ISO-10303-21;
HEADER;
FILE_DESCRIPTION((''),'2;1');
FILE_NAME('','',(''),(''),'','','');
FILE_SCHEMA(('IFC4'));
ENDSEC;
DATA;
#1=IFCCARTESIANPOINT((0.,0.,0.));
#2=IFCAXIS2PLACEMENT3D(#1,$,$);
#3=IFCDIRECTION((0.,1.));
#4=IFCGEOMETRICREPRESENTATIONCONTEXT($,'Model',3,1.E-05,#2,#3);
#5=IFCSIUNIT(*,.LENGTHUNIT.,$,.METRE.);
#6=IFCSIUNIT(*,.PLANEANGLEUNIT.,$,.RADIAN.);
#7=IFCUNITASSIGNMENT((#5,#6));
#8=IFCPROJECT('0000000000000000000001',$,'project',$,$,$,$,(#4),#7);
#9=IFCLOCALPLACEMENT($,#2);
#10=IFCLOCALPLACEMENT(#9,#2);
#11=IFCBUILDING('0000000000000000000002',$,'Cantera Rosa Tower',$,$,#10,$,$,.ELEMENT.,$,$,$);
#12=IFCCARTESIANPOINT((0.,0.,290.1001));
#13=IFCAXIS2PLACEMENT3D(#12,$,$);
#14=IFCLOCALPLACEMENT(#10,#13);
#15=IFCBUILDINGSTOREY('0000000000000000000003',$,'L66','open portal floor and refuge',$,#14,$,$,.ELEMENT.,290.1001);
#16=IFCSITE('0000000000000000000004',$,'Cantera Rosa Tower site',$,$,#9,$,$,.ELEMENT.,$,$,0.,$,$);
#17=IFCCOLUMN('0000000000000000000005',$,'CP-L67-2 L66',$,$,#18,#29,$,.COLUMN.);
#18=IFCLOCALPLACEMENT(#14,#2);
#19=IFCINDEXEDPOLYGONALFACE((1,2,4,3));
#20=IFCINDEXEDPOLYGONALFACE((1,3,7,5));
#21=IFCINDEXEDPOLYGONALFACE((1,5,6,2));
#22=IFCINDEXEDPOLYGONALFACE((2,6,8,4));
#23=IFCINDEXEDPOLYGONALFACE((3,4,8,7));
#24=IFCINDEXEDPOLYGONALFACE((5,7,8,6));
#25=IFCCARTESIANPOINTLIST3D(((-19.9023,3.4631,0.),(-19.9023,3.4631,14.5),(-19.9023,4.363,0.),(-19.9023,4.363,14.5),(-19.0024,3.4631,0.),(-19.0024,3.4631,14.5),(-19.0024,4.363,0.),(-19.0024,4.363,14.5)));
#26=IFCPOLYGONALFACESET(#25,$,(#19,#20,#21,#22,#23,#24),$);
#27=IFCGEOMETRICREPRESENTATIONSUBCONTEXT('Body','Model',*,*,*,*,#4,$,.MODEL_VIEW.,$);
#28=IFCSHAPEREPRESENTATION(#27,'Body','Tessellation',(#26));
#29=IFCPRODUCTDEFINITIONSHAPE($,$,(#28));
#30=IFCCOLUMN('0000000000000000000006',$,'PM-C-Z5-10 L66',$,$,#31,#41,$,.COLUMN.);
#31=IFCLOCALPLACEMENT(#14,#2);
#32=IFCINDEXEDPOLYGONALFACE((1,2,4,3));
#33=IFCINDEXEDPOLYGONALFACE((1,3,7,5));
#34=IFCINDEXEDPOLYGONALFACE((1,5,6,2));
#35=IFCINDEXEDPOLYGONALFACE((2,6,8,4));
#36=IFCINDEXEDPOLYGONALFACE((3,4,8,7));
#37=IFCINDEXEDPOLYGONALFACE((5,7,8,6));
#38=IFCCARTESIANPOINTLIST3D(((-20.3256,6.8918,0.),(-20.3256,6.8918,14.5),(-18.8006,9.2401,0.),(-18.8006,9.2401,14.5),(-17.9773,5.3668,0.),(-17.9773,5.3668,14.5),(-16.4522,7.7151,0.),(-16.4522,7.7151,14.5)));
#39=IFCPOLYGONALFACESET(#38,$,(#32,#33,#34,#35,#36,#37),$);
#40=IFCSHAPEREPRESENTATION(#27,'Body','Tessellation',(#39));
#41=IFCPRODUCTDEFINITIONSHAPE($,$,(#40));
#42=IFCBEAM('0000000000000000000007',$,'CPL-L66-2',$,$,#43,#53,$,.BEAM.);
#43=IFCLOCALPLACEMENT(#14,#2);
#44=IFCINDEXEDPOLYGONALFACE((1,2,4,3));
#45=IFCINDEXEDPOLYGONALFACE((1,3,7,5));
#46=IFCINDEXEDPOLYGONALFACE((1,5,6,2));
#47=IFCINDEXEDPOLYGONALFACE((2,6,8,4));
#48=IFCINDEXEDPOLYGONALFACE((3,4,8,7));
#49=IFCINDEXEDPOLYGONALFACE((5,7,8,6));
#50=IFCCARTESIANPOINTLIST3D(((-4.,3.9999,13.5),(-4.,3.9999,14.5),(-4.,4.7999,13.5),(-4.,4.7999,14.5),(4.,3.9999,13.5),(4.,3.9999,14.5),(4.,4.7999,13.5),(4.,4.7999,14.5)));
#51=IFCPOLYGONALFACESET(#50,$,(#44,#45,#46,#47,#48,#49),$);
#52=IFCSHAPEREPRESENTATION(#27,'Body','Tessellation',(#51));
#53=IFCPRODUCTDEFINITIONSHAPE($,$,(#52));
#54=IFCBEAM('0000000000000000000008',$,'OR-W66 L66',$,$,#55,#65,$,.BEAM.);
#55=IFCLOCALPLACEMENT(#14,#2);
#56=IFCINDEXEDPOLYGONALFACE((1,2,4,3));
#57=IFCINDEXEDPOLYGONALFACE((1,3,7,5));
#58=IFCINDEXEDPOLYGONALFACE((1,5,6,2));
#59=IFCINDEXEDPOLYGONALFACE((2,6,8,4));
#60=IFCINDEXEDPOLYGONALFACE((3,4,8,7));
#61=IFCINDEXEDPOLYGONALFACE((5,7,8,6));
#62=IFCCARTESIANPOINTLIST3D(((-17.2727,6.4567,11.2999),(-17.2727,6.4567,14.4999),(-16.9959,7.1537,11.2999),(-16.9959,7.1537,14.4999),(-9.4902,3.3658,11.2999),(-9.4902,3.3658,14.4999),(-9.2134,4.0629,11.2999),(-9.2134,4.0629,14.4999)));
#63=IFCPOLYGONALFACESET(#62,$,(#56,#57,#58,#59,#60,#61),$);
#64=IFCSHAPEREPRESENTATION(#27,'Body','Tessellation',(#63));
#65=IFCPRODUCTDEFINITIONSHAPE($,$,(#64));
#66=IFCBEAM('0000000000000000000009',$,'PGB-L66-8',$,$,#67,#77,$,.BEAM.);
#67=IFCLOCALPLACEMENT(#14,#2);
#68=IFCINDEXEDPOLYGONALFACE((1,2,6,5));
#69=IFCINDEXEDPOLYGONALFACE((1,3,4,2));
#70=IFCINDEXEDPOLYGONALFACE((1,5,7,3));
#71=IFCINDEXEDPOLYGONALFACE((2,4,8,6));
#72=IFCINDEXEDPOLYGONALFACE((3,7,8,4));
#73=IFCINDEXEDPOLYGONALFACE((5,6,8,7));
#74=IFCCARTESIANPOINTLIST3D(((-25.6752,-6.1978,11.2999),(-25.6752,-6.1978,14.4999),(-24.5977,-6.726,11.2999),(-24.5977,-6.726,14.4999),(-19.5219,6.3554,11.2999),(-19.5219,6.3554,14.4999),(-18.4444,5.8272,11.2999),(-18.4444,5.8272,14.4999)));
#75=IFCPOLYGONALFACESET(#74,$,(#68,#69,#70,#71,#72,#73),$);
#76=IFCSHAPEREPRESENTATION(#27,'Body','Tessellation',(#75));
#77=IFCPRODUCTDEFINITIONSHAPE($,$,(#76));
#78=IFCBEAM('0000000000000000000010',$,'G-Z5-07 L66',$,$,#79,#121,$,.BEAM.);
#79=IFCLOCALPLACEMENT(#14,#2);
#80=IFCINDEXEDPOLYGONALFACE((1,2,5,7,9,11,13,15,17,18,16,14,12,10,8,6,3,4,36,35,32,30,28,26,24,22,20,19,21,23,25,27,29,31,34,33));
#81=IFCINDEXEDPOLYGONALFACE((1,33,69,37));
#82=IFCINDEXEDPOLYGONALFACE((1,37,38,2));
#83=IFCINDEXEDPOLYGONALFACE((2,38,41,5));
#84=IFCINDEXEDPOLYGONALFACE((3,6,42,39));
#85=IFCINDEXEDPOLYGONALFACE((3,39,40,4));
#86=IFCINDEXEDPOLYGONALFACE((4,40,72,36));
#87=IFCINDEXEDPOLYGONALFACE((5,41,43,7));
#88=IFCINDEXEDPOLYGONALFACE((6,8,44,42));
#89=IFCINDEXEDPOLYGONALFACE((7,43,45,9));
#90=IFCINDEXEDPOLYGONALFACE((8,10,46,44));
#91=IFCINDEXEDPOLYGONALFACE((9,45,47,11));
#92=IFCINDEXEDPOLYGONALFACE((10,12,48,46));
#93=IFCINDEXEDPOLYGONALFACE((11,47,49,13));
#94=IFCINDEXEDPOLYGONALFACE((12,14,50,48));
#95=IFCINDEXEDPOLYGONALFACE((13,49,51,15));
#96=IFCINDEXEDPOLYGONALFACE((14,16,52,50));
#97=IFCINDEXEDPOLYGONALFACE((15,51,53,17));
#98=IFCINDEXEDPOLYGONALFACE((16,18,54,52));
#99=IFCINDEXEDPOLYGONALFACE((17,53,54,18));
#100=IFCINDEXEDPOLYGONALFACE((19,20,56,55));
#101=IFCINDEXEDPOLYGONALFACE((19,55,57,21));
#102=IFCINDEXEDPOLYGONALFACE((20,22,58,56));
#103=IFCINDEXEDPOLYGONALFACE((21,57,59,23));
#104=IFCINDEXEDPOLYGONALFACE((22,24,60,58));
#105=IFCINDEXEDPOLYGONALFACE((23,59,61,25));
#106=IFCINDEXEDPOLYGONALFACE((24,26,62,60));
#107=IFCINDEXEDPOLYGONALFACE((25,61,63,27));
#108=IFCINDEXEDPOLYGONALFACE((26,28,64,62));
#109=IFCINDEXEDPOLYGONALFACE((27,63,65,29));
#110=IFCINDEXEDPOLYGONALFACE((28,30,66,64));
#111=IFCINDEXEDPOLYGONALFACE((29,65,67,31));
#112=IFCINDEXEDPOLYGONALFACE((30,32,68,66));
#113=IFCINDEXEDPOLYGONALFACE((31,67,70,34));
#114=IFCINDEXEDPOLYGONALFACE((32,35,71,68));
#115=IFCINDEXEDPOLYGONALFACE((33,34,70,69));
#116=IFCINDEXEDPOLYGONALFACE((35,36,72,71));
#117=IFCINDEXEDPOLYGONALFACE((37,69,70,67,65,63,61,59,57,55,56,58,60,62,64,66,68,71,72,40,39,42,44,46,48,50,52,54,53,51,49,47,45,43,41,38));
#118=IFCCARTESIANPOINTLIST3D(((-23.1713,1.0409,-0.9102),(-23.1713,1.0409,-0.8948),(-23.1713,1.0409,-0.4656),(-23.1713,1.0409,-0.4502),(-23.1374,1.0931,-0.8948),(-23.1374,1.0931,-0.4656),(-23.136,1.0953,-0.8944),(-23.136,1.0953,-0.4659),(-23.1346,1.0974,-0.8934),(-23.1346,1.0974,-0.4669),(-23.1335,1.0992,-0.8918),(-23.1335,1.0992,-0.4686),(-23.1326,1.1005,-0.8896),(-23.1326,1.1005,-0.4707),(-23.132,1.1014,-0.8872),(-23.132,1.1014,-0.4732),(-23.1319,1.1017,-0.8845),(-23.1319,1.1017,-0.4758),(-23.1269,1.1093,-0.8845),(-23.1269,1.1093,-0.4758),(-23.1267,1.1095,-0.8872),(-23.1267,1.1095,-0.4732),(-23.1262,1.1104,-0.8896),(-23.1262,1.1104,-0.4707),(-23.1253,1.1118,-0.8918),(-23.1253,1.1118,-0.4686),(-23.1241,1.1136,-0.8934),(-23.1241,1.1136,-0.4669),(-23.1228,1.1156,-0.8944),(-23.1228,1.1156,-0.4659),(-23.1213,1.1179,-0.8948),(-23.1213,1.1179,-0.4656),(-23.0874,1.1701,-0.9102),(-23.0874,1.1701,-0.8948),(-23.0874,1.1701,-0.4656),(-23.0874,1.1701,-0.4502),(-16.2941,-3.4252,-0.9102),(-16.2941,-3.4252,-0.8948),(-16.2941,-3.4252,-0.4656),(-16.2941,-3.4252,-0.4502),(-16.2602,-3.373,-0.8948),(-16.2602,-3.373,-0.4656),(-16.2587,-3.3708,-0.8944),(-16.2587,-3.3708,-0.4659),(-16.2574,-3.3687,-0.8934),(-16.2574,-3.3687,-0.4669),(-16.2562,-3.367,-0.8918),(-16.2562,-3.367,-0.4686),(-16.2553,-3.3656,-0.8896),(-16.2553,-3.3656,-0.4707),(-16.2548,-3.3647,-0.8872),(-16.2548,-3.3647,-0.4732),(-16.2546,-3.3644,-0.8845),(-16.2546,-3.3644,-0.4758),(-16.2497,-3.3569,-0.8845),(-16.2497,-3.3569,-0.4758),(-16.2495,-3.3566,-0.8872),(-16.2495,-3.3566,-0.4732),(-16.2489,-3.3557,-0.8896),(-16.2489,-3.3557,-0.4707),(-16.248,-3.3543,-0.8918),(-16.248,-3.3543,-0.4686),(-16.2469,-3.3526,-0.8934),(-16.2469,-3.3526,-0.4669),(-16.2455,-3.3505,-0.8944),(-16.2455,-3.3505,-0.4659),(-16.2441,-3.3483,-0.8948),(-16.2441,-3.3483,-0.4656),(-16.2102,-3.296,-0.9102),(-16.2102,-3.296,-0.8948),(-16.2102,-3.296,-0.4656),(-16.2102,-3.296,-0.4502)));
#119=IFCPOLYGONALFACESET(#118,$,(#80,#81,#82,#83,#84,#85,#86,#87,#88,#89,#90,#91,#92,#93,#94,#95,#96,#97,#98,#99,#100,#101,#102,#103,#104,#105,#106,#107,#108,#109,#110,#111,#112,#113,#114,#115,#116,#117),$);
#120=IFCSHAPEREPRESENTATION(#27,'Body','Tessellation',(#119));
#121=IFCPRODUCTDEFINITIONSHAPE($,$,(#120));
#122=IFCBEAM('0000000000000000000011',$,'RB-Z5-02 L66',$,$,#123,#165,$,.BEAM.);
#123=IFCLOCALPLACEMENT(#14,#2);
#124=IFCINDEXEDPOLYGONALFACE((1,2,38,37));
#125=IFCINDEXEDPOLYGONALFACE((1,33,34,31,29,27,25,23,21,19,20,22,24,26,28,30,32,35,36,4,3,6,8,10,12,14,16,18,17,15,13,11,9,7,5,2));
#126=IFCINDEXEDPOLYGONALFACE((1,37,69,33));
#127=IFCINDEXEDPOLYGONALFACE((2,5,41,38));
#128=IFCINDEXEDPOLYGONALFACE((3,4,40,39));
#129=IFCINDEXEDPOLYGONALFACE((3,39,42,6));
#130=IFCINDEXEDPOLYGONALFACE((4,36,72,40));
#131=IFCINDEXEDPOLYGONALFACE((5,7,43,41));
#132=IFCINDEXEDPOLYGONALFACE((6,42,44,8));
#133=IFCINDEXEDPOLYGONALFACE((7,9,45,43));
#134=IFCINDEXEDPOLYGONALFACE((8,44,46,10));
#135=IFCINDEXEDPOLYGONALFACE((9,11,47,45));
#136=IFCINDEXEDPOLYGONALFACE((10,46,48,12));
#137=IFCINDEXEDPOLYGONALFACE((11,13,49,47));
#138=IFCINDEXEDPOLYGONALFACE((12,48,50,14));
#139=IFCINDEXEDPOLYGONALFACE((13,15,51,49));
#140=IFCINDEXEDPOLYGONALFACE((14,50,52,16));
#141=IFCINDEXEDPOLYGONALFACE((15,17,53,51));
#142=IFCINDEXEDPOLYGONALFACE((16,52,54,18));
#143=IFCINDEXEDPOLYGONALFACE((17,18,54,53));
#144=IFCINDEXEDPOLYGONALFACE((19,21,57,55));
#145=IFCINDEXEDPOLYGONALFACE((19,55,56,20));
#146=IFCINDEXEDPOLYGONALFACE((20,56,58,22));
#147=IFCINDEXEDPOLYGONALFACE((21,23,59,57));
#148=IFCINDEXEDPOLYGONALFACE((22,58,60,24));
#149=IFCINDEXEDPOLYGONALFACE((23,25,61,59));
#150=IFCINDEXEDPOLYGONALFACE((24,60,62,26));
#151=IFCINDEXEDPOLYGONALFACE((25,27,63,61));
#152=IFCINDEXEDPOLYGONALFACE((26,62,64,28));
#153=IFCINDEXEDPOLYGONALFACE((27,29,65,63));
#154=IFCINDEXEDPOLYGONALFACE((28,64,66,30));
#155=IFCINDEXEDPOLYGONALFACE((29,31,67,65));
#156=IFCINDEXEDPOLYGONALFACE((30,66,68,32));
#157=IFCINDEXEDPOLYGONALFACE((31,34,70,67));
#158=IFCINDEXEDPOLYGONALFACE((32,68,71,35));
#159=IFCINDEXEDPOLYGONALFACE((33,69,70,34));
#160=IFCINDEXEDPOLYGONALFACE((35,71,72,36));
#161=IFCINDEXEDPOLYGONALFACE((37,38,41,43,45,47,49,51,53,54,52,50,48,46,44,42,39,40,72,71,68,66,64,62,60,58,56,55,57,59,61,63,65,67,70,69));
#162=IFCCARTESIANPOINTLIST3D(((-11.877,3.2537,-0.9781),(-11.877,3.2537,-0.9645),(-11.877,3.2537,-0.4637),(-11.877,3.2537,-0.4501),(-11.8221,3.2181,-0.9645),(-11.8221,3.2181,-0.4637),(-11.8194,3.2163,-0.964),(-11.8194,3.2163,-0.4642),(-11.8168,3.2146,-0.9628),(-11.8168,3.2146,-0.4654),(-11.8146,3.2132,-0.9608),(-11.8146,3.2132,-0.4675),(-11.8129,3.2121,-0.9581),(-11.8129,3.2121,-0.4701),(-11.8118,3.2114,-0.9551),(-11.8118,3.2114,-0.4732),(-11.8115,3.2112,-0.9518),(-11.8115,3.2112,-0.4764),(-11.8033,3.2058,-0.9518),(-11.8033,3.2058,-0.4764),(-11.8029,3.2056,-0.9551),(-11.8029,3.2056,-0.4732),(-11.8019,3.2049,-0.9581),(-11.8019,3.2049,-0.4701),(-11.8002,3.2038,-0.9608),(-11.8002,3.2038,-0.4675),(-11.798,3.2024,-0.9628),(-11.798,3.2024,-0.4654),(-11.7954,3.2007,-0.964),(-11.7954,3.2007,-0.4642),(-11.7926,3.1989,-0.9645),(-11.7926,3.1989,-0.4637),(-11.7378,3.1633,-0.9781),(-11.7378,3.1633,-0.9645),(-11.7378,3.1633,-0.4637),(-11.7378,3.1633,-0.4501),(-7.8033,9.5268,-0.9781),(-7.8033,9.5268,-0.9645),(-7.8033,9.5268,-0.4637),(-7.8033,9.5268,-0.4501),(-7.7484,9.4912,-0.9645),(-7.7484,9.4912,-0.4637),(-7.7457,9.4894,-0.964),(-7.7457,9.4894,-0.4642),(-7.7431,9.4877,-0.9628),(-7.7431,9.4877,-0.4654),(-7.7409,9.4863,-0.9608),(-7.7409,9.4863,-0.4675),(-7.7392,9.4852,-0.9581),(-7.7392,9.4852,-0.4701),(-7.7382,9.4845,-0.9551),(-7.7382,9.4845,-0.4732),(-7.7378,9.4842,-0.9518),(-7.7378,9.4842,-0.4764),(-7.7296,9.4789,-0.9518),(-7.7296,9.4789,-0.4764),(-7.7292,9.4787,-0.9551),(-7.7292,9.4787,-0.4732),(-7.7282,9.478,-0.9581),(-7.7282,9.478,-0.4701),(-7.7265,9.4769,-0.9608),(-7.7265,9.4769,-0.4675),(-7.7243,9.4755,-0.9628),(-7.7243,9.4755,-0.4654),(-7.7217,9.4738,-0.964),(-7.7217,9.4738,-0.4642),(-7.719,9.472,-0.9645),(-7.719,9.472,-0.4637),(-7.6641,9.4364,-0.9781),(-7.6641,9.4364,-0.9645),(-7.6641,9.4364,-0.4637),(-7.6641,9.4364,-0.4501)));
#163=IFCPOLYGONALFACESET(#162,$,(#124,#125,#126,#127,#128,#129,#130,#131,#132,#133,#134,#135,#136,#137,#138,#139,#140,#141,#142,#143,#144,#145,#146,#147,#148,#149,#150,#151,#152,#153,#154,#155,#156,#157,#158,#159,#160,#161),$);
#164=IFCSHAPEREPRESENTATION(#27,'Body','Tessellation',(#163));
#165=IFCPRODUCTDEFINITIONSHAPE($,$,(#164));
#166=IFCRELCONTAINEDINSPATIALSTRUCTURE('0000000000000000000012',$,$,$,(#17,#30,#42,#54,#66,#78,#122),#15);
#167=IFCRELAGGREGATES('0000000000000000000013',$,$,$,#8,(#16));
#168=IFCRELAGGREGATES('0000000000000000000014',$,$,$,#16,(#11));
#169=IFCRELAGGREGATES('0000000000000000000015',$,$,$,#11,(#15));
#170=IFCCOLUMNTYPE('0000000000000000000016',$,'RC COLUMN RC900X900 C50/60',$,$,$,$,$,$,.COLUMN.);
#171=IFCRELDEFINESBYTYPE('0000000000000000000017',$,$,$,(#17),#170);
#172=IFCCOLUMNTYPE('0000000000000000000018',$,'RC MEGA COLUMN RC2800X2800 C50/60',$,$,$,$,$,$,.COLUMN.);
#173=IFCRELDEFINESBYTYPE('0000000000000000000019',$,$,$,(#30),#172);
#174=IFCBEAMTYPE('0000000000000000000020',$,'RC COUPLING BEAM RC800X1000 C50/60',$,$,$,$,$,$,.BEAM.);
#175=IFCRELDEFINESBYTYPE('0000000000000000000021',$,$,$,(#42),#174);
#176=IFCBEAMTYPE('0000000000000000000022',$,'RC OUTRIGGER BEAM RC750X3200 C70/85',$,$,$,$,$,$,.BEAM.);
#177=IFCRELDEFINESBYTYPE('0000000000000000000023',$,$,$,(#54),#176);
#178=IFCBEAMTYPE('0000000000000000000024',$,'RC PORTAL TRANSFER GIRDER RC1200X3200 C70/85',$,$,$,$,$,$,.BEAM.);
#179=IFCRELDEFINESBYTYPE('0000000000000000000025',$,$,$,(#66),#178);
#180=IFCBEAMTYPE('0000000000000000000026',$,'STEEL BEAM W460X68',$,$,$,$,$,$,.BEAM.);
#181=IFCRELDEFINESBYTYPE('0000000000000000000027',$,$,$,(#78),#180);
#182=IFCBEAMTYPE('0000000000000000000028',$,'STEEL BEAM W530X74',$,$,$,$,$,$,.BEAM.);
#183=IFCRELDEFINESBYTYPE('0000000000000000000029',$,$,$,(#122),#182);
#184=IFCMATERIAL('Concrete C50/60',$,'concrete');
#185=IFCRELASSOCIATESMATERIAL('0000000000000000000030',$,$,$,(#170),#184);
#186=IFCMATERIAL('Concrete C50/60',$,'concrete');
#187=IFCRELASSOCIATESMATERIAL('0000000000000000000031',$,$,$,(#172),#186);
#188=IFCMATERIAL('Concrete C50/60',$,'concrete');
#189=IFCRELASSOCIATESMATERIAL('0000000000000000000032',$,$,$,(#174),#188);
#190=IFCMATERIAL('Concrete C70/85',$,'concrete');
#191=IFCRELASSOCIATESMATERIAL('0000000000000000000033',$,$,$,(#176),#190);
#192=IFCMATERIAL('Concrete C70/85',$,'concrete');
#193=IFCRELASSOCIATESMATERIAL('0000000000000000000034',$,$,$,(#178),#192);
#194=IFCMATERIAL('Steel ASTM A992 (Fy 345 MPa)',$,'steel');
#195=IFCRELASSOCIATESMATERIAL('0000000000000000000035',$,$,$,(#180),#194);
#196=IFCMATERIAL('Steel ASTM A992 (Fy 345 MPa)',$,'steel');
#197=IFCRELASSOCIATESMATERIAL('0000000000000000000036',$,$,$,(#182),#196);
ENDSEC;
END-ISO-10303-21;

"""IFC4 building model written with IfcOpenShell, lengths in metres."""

from ifc_helpers import new_model, si_unit, direction, frame, origin, origin_2d, place, context, subcontext, project, spatial, rectangle, i_section, extrude, material, material_profile, profile_set, type_object, element, save


model = new_model("IFC4")

# Units and contexts
model_context = context("Model", 3, precision=1e-05, world=origin(), true_north=direction((0.0, 1.0)))
body_context = subcontext(model_context, "Body", "Model", "MODEL_VIEW")
ifc_project = project(units=[si_unit("LENGTHUNIT", "METRE"), si_unit("PLANEANGLEUNIT", "RADIAN")], contexts=[model_context])

# Site, building, storey
site_placement = place(None, origin())
site = spatial("IfcSite", under=ifc_project, at=site_placement, Name="Cantera Rosa Tower site", CompositionType="ELEMENT", RefElevation=0.0)
building_placement = place(site_placement, origin())
building = spatial("IfcBuilding", under=site, at=building_placement, Name="Cantera Rosa Tower", CompositionType="ELEMENT")
storey_placement = place(building_placement, frame((0.0, 0.0, 290.1001)))
storey = spatial("IfcBuildingStorey", under=building, at=storey_placement, Name="L66", Description="open portal floor and refuge", CompositionType="ELEMENT", Elevation=290.1001)

# Columns
ifc_material_1 = material(Name="Concrete C50/60", Category="concrete")
ifc_material_profile_1 = material_profile(ifc_material_1, rectangle(XDim=0.8999, YDim=0.8999, at=origin_2d()), Name="RC COLUMN RC900X900 C50/60")
ifc_profile_set_1 = profile_set([ifc_material_profile_1], Name="Concrete C50/60")
column_type_1 = type_object("IfcColumnType", Name="RC COLUMN RC900X900 C50/60", PredefinedType="COLUMN", material=ifc_profile_set_1)
column_1_placement = place(storey_placement, frame((-19.4524, 3.9131, 0.0), z_axis=(0.0, 0.0, 1.0), x_axis=(1.0, 0.0, 0.0)))
element("IfcColumn", 1, at=column_1_placement, inside=storey, type_object=column_type_1, Name="CP-L67-2 L66", PredefinedType="COLUMN", context=body_context, shape_type="SweptSolid", body=[
    extrude(rectangle(XDim=0.8999, YDim=0.8999, at=origin_2d()), origin(), (0.0, 0.0, 1.0), 14.5),
])
ifc_material_2 = material(Name="Concrete C50/60", Category="concrete")
ifc_material_profile_2 = material_profile(ifc_material_2, rectangle(XDim=2.8, YDim=2.8, at=origin_2d()), Name="RC MEGA COLUMN RC2800X2800 C50/60")
ifc_profile_set_2 = profile_set([ifc_material_profile_2], Name="Concrete C50/60")
column_type_2 = type_object("IfcColumnType", Name="RC MEGA COLUMN RC2800X2800 C50/60", PredefinedType="COLUMN", material=ifc_profile_set_2)
column_2_placement = place(storey_placement, frame((-18.3889, 7.3035, 0.0), z_axis=(0.0, 0.0, 1.0), x_axis=(0.544639, 0.838671, 0.0)))
element("IfcColumn", 2, at=column_2_placement, inside=storey, type_object=column_type_2, Name="PM-C-Z5-10 L66", PredefinedType="COLUMN", context=body_context, shape_type="SweptSolid", body=[
    extrude(rectangle(XDim=2.8, YDim=2.8, at=origin_2d()), origin(), (0.0, 0.0, 1.0), 14.5),
])

# Beams
ifc_material_3 = material(Name="Concrete C50/60", Category="concrete")
ifc_material_profile_3 = material_profile(ifc_material_3, rectangle(XDim=0.8, YDim=1.0, at=origin_2d()), Name="RC COUPLING BEAM RC800X1000 C50/60")
ifc_profile_set_3 = profile_set([ifc_material_profile_3], Name="Concrete C50/60")
beam_type_1 = type_object("IfcBeamType", Name="RC COUPLING BEAM RC800X1000 C50/60", PredefinedType="BEAM", material=ifc_profile_set_3)
beam_1_placement = place(storey_placement, frame((-4.0, 4.3999, 14.0), z_axis=(1.0, 0.0, 0.0), x_axis=(0.0, 1.0, 0.0)))
element("IfcBeam", 3, at=beam_1_placement, inside=storey, type_object=beam_type_1, Name="CPL-L66-2", PredefinedType="BEAM", context=body_context, shape_type="SweptSolid", body=[
    extrude(rectangle(XDim=0.8, YDim=1.0, at=origin_2d()), origin(), (0.0, 0.0, 1.0), 8.0),
])
ifc_material_4 = material(Name="Concrete C70/85", Category="concrete")
ifc_material_profile_4 = material_profile(ifc_material_4, rectangle(XDim=0.75, YDim=3.2, at=origin_2d()), Name="RC OUTRIGGER BEAM RC750X3200 C70/85")
ifc_profile_set_4 = profile_set([ifc_material_profile_4], Name="Concrete C70/85")
beam_type_2 = type_object("IfcBeamType", Name="RC OUTRIGGER BEAM RC750X3200 C70/85", PredefinedType="BEAM", material=ifc_profile_set_4)
beam_2_placement = place(storey_placement, frame((-9.3518, 3.7144, 12.8999), z_axis=(-0.929387, 0.369107, 0.0), x_axis=(-0.369107, -0.929387, 0.0)))
element("IfcBeam", 4, at=beam_2_placement, inside=storey, type_object=beam_type_2, Name="OR-W66 L66", PredefinedType="BEAM", context=body_context, shape_type="SweptSolid", body=[
    extrude(rectangle(XDim=0.75, YDim=3.2, at=origin_2d()), origin(), (0.0, 0.0, 1.0), 8.3738),
])
ifc_material_5 = material(Name="Concrete C70/85", Category="concrete")
ifc_material_profile_5 = material_profile(ifc_material_5, rectangle(XDim=1.2, YDim=3.2, at=origin_2d()), Name="RC PORTAL TRANSFER GIRDER RC1200X3200 C70/85")
ifc_profile_set_5 = profile_set([ifc_material_profile_5], Name="Concrete C70/85")
beam_type_3 = type_object("IfcBeamType", Name="RC PORTAL TRANSFER GIRDER RC1200X3200 C70/85", PredefinedType="BEAM", material=ifc_profile_set_5)
beam_3_placement = place(storey_placement, frame((-18.9832, 6.0913, 12.8999), z_axis=(-0.440145, -0.897927, 0.0), x_axis=(0.897927, -0.440145, 0.0)))
element("IfcBeam", 5, at=beam_3_placement, inside=storey, type_object=beam_type_3, Name="PGB-L66-8", PredefinedType="BEAM", context=body_context, shape_type="SweptSolid", body=[
    extrude(rectangle(XDim=1.2, YDim=3.2, at=origin_2d()), origin(), (0.0, 0.0, 1.0), 13.9802),
])
ifc_material_6 = material(Name="Steel ASTM A992 (Fy 345 MPa)", Category="steel")
ifc_material_profile_6 = material_profile(ifc_material_6, i_section(OverallWidth=0.1541, OverallDepth=0.46, WebThickness=0.009, FlangeThickness=0.0154, FilletRadius=0.0103, at=origin_2d()), Name="W460X68")
ifc_profile_set_6 = profile_set([ifc_material_profile_6], Name="Steel ASTM A992 (Fy 345 MPa)")
beam_type_4 = type_object("IfcBeamType", Name="STEEL BEAM W460X68", PredefinedType="BEAM", material=ifc_profile_set_6)
beam_4_placement = place(storey_placement, frame((-23.1294, 1.1055, -0.6802), z_axis=(0.838673, -0.544636, 0.0), x_axis=(0.544636, 0.838673, 0.0)))
element("IfcBeam", 6, at=beam_4_placement, inside=storey, type_object=beam_type_4, Name="G-Z5-07 L66", PredefinedType="BEAM", context=body_context, shape_type="SweptSolid", body=[
    extrude(i_section(OverallWidth=0.1541, OverallDepth=0.46, WebThickness=0.009, FlangeThickness=0.0154, FilletRadius=0.0103, at=origin_2d()), origin(), (0.0, 0.0, 1.0), 8.2002),
])
ifc_material_7 = material(Name="Steel ASTM A992 (Fy 345 MPa)", Category="steel")
ifc_material_profile_7 = material_profile(ifc_material_7, i_section(OverallWidth=0.166, OverallDepth=0.5281, WebThickness=0.0098, FlangeThickness=0.0137, FilletRadius=0.0127, at=origin_2d()), Name="W530X74")
ifc_profile_set_7 = profile_set([ifc_material_profile_7], Name="Steel ASTM A992 (Fy 345 MPa)")
beam_type_5 = type_object("IfcBeamType", Name="STEEL BEAM W530X74", PredefinedType="BEAM", material=ifc_profile_set_7)
beam_5_placement = place(storey_placement, frame((-11.8074, 3.2085, -0.7141), z_axis=(0.544627, 0.838678, 0.0), x_axis=(-0.838678, 0.544627, 0.0)))
element("IfcBeam", 7, at=beam_5_placement, inside=storey, type_object=beam_type_5, Name="RB-Z5-02 L66", PredefinedType="BEAM", context=body_context, shape_type="SweptSolid", body=[
    extrude(i_section(OverallWidth=0.166, OverallDepth=0.5281, WebThickness=0.0098, FlangeThickness=0.0137, FilletRadius=0.0127, at=origin_2d()), origin(), (0.0, 0.0, 1.0), 7.4797),
])

save(model, "model.ifc")
